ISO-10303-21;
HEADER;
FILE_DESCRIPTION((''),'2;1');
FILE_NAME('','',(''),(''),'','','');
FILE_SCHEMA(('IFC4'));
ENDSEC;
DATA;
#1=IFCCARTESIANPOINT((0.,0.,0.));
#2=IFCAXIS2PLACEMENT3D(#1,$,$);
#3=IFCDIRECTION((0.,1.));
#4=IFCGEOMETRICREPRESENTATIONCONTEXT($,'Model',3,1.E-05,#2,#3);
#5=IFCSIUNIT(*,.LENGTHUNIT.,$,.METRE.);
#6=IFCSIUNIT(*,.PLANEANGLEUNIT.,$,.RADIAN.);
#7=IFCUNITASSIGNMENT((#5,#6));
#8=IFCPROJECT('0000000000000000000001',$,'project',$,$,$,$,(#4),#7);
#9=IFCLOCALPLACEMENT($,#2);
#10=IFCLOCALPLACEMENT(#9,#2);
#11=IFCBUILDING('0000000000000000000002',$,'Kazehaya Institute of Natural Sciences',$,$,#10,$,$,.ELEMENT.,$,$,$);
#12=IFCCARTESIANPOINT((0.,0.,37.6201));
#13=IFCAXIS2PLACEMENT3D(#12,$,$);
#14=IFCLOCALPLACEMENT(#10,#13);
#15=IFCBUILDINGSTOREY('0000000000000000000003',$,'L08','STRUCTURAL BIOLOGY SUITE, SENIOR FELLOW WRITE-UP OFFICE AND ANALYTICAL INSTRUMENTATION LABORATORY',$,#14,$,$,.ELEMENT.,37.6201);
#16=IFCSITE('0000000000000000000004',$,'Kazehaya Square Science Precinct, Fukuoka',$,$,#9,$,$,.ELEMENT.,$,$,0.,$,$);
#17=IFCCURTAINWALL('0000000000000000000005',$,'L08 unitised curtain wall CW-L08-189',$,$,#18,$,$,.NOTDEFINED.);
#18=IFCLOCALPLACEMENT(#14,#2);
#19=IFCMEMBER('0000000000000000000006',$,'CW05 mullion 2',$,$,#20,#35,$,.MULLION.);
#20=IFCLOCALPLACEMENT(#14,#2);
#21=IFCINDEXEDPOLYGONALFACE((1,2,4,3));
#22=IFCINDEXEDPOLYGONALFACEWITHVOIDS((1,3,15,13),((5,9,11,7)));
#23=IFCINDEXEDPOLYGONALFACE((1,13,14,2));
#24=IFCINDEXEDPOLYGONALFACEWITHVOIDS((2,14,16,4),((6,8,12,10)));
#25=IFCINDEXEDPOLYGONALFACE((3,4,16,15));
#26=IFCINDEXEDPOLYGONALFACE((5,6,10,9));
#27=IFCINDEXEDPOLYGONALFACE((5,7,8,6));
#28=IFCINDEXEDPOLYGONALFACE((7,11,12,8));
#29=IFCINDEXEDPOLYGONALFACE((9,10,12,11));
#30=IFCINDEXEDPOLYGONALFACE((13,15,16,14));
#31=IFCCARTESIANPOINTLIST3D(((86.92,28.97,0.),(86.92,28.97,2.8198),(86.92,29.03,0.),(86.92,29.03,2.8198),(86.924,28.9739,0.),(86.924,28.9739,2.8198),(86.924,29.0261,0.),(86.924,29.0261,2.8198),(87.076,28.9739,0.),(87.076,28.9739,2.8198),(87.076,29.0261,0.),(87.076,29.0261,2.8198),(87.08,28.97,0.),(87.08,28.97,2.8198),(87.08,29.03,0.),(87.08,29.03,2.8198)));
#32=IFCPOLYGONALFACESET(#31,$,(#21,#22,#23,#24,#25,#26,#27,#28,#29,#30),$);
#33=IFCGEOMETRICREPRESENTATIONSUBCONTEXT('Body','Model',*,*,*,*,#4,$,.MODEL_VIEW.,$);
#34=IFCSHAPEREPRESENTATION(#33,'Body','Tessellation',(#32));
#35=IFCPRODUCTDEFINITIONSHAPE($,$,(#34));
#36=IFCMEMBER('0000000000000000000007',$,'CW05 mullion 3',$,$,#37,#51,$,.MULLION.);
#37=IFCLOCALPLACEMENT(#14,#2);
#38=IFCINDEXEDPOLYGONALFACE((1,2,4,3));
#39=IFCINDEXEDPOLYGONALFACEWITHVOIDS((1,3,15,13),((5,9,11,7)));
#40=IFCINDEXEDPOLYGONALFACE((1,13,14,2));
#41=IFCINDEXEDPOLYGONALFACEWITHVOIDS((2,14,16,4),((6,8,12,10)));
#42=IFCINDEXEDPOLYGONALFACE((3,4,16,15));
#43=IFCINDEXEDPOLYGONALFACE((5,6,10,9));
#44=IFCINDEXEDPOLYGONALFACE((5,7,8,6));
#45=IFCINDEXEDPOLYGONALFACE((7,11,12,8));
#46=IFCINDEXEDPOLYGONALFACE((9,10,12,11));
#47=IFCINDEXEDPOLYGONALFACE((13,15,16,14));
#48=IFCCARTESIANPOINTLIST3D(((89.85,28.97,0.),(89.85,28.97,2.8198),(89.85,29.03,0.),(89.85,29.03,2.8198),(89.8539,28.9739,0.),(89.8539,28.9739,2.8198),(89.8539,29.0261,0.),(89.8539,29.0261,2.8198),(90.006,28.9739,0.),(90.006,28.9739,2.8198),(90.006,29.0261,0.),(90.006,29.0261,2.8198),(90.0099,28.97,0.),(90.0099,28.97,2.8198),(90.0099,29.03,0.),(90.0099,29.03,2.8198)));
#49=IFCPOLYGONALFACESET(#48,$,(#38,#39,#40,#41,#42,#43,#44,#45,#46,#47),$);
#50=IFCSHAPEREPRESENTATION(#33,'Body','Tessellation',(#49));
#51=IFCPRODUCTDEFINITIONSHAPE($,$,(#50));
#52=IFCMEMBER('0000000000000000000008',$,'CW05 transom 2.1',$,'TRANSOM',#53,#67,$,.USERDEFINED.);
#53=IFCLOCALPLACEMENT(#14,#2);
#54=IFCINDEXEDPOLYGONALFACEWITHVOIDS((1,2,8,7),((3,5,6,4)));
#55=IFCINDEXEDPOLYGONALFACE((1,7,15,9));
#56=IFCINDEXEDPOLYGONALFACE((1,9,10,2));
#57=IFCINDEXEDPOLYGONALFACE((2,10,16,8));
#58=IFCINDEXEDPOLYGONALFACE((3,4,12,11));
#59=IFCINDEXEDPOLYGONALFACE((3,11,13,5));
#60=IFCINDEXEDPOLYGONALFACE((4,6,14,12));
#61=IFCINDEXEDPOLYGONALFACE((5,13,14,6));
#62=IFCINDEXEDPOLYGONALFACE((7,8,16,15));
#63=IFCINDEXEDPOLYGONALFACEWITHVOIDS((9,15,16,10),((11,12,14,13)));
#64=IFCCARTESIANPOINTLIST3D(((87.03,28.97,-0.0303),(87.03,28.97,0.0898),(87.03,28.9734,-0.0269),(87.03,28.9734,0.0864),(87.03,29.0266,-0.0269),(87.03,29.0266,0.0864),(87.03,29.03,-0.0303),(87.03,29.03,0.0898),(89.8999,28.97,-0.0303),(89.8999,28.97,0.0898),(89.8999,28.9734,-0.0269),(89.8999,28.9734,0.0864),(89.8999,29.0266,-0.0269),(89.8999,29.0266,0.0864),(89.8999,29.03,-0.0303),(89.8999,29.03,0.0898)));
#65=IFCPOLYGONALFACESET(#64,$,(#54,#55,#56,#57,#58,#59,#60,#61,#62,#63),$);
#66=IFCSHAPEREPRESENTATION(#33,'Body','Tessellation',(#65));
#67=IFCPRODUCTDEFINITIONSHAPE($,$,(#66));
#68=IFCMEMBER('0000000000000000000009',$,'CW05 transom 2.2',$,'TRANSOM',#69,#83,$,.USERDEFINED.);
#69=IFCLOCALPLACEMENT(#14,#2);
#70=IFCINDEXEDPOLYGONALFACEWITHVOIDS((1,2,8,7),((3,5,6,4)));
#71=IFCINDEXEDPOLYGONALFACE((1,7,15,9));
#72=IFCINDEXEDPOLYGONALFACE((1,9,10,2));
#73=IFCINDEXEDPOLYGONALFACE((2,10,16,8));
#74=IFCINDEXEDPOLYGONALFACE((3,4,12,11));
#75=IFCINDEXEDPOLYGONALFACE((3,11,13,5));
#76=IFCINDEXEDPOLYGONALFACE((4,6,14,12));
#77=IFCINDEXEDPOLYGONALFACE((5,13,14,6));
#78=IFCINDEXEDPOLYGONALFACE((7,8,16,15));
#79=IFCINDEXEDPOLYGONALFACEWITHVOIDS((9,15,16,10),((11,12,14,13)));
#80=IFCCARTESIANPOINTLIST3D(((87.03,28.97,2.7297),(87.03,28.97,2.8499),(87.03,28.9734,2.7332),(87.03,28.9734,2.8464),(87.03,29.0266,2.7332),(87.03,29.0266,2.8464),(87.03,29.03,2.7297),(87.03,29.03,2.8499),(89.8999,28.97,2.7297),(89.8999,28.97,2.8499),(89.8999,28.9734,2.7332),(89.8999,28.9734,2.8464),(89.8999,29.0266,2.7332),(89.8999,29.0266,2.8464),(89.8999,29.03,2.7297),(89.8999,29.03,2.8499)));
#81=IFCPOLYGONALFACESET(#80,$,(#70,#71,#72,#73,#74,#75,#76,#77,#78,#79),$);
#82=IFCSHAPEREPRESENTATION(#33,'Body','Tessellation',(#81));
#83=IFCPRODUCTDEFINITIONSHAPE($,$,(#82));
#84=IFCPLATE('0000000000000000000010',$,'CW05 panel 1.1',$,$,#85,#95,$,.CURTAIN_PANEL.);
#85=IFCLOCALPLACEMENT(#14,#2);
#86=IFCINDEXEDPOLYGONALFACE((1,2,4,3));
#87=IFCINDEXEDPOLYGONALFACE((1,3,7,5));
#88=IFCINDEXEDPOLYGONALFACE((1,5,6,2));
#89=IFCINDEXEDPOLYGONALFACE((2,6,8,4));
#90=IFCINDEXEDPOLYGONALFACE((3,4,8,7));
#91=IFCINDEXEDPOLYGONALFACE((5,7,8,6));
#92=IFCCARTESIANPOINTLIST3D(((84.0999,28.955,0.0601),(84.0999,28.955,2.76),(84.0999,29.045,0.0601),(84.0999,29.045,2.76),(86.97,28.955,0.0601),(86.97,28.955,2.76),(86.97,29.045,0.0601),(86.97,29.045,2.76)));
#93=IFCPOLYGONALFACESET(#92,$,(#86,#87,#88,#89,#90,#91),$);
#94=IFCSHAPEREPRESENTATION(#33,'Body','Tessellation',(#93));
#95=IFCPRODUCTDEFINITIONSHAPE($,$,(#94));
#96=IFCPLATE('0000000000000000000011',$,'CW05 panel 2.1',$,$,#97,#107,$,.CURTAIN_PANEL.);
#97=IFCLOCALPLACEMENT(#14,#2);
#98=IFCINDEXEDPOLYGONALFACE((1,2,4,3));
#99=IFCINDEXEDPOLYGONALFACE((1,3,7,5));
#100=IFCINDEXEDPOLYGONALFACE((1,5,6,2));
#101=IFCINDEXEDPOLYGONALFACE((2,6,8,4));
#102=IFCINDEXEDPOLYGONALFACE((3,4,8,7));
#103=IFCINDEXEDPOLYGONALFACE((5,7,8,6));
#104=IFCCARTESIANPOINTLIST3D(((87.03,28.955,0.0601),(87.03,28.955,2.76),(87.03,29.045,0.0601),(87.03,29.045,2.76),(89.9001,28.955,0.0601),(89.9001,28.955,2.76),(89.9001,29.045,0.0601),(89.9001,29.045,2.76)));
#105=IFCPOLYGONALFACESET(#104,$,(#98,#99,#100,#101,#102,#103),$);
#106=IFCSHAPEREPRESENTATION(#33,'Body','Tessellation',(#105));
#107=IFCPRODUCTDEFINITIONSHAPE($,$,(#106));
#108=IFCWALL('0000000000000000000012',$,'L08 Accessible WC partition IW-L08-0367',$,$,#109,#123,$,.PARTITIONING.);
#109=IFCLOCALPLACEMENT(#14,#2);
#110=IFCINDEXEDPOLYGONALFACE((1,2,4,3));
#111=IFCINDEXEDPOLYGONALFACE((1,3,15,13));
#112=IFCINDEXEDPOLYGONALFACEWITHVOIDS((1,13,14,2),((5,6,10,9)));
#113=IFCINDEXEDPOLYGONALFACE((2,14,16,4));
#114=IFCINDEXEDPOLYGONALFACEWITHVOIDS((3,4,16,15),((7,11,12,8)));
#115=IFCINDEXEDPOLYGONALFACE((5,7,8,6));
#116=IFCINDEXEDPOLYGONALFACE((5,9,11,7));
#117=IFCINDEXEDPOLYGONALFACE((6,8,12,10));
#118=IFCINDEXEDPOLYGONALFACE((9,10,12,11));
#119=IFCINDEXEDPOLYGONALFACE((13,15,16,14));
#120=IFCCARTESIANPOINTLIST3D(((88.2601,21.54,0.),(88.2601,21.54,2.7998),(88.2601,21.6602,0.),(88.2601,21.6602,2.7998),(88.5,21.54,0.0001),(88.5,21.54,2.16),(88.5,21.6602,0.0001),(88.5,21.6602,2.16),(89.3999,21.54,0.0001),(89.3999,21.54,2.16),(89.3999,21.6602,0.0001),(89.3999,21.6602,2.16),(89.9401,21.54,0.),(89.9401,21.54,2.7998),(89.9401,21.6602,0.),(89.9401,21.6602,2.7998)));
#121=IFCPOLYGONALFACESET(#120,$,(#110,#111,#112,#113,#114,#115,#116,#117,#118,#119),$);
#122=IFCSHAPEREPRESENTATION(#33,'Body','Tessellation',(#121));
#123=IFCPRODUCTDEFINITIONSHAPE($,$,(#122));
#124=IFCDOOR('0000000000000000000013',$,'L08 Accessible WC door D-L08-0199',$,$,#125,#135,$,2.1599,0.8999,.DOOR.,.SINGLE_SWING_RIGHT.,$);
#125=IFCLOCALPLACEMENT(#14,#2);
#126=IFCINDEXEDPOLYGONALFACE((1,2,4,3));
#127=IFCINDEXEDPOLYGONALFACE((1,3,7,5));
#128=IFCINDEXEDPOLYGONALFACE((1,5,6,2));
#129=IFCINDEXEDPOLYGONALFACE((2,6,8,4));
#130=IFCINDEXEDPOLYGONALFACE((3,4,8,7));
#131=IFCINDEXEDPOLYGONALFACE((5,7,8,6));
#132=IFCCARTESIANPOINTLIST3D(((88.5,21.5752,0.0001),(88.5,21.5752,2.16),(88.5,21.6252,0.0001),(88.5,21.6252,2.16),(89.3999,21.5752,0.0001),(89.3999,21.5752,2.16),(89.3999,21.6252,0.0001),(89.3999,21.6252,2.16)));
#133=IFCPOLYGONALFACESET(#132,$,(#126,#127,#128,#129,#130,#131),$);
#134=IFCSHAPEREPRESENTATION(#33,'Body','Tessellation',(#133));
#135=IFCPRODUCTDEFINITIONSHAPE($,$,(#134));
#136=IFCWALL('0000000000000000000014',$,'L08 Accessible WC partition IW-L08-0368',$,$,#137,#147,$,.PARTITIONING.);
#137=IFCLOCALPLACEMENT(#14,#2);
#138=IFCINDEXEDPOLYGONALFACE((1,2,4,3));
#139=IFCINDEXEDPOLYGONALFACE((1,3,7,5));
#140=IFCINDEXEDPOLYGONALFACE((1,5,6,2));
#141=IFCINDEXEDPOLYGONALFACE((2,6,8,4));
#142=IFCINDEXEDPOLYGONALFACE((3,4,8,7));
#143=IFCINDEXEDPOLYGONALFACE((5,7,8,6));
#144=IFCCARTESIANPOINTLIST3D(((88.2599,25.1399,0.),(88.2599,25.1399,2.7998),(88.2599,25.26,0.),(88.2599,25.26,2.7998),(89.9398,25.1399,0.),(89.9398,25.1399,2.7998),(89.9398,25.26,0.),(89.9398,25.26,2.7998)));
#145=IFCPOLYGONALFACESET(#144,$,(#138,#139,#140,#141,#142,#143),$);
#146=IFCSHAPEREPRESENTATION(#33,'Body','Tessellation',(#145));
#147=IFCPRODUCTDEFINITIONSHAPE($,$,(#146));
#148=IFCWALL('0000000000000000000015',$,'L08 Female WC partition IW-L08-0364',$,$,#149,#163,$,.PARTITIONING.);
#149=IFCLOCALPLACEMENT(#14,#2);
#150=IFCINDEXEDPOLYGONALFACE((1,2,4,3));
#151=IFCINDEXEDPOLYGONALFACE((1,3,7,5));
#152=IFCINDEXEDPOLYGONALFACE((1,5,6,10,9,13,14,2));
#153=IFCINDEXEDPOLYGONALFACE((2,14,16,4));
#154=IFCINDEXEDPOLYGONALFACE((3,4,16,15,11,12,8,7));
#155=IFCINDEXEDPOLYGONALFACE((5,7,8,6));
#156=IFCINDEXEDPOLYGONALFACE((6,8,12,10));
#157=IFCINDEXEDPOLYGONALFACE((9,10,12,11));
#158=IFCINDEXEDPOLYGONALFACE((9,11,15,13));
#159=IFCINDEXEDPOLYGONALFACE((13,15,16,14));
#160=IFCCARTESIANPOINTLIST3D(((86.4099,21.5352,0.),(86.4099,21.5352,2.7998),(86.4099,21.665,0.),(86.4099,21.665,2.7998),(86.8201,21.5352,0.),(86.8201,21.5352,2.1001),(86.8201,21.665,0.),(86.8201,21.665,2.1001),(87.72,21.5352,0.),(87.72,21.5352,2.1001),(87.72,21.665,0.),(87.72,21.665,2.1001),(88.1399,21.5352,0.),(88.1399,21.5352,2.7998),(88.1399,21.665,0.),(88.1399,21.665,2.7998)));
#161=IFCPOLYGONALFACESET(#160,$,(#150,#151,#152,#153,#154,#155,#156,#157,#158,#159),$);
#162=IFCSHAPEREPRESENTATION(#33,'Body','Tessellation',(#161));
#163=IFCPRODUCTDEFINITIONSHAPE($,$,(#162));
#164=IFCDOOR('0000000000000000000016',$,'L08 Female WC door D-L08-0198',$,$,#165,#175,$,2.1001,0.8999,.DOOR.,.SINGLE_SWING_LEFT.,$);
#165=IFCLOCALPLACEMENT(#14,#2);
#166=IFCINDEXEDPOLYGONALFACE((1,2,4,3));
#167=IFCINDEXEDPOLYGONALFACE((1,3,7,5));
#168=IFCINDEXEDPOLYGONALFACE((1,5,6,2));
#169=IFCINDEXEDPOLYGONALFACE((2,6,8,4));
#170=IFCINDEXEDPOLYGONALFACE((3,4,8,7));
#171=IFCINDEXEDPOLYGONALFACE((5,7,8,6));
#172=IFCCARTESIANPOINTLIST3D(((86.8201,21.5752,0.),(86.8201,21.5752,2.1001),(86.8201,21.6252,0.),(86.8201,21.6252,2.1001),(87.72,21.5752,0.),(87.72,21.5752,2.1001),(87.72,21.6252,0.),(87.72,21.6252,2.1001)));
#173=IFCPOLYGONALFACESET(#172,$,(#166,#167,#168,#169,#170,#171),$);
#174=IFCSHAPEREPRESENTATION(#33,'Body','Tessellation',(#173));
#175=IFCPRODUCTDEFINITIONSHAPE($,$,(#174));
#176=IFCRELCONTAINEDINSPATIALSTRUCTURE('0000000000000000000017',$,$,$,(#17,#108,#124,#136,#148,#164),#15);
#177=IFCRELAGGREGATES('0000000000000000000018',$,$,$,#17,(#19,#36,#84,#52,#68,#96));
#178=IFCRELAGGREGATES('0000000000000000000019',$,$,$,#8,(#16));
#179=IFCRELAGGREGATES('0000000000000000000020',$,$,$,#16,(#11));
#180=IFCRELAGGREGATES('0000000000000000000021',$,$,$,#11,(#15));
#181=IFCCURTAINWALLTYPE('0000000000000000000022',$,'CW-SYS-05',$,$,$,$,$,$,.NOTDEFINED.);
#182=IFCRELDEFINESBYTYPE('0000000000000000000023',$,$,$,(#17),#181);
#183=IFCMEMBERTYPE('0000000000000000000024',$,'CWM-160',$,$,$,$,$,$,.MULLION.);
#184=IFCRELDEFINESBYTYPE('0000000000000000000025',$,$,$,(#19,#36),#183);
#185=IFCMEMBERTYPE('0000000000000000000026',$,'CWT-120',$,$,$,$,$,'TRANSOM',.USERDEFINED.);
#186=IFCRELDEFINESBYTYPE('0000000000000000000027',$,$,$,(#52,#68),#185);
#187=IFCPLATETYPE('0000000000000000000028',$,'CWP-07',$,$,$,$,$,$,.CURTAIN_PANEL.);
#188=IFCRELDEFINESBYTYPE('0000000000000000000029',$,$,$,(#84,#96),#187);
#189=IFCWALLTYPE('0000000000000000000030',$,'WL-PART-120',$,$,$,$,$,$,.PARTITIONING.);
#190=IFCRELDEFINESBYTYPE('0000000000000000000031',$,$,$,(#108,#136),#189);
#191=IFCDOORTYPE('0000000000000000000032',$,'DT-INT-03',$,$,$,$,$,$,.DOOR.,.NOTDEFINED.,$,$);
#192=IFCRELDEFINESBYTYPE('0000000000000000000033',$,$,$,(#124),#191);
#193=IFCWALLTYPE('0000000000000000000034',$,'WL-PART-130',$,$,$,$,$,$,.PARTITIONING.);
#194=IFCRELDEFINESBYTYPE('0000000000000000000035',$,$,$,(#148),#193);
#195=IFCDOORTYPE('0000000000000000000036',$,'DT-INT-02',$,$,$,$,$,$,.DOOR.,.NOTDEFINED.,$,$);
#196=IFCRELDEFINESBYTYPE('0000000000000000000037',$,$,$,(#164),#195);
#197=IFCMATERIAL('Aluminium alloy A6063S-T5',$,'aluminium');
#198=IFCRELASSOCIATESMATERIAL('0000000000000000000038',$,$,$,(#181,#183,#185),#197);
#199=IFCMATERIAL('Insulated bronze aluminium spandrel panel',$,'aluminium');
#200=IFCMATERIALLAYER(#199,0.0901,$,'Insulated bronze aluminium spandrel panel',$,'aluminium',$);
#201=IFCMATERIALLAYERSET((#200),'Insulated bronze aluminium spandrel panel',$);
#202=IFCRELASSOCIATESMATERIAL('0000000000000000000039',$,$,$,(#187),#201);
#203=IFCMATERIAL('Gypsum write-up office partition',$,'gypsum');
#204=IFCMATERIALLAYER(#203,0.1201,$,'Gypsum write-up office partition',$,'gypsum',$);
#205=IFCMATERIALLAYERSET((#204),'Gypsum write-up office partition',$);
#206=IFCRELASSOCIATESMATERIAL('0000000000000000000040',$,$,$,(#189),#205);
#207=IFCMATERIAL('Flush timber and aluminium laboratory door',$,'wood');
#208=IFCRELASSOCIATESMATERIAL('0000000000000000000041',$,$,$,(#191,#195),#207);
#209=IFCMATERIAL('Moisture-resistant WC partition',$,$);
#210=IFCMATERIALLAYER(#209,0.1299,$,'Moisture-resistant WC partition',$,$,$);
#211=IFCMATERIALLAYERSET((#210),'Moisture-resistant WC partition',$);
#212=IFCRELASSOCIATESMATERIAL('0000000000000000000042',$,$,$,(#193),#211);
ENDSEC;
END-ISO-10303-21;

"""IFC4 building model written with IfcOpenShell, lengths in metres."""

from ifc_helpers import new_model, si_unit, direction, frame, frame_2d, origin, origin_2d, place, context, subcontext, project, spatial, rectangle, hollow_rectangle, extrude, material, layer, layer_set, material_profile, profile_set, type_object, element, fill, aggregate, save


model = new_model("IFC4")

# Units and contexts
model_context = context("Model", 3, precision=1e-05, world=origin(), true_north=direction((0.0, 1.0)))
body_context = subcontext(model_context, "Body", "Model", "MODEL_VIEW")
ifc_project = project(units=[si_unit("LENGTHUNIT", "METRE"), si_unit("PLANEANGLEUNIT", "RADIAN")], contexts=[model_context])

# Site, building, storey
site_placement = place(None, origin())
site = spatial("IfcSite", under=ifc_project, at=site_placement, Name="Kazehaya Square Science Precinct, Fukuoka", CompositionType="ELEMENT", RefElevation=0.0)
building_placement = place(site_placement, origin())
building = spatial("IfcBuilding", under=site, at=building_placement, Name="Kazehaya Institute of Natural Sciences", CompositionType="ELEMENT")
storey_placement = place(building_placement, frame((0.0, 0.0, 37.6201)))
storey = spatial("IfcBuildingStorey", under=building, at=storey_placement, Name="L08", Description="STRUCTURAL BIOLOGY SUITE, SENIOR FELLOW WRITE-UP OFFICE AND ANALYTICAL INSTRUMENTATION LABORATORY", CompositionType="ELEMENT", Elevation=37.6201)

# Curtain wall, members, plates
ifc_material_1 = material(Name="Aluminium alloy A6063S-T5", Category="aluminium")
curtain_wall_type = type_object("IfcCurtainWallType", Name="CW-SYS-05", PredefinedType="NOTDEFINED", material=ifc_material_1)
curtain_wall_placement = place(storey_placement, origin())
curtain_wall = element("IfcCurtainWall", 1, at=curtain_wall_placement, inside=storey, type_object=curtain_wall_type, Name="L08 unitised curtain wall CW-L08-189", PredefinedType="NOTDEFINED")
ifc_material_profile_1 = material_profile(ifc_material_1, hollow_rectangle(XDim=0.0601, YDim=0.1599, WallThickness=0.0039, at=origin_2d()), Name="ALU-60x160x4")
ifc_profile_set_1 = profile_set([ifc_material_profile_1], Name="Aluminium alloy A6063S-T5")
member_type_1 = type_object("IfcMemberType", Name="CWM-160", PredefinedType="MULLION", material=ifc_profile_set_1)
member_1_placement = place(storey_placement, frame((87.0, 29.0, 0.0), z_axis=(0.0, 0.0, 1.0), x_axis=(0.0, 1.0, 0.0)))
member_1 = element("IfcMember", 2, at=member_1_placement, type_object=member_type_1, Name="CW05 mullion 2", PredefinedType="MULLION", context=body_context, shape_type="SweptSolid", body=[
    extrude(hollow_rectangle(XDim=0.0601, YDim=0.1599, WallThickness=0.0039, at=origin_2d()), origin(), (0.0, 0.0, 1.0), 2.8198),
])
member_2_placement = place(storey_placement, frame((89.9299, 29.0, 0.0), z_axis=(0.0, 0.0, 1.0), x_axis=(0.0, 1.0, 0.0)))
member_2 = element("IfcMember", 3, at=member_2_placement, type_object=member_type_1, Name="CW05 mullion 3", PredefinedType="MULLION", context=body_context, shape_type="SweptSolid", body=[
    extrude(hollow_rectangle(XDim=0.0601, YDim=0.1599, WallThickness=0.0039, at=origin_2d()), origin(), (0.0, 0.0, 1.0), 2.8198),
])
ifc_material_profile_2 = material_profile(ifc_material_1, hollow_rectangle(XDim=0.0601, YDim=0.1201, WallThickness=0.0034, at=origin_2d()), Name="ALU-60x120x3.5")
ifc_profile_set_2 = profile_set([ifc_material_profile_2], Name="Aluminium alloy A6063S-T5")
member_type_2 = type_object("IfcMemberType", Name="CWT-120", ElementType="TRANSOM", PredefinedType="USERDEFINED", material=ifc_profile_set_2)
member_3_placement = place(storey_placement, frame((87.03, 29.0, 0.0298), z_axis=(1.0, 0.0, 0.0), x_axis=(0.0, 1.0, 0.0)))
member_3 = element("IfcMember", 4, at=member_3_placement, type_object=member_type_2, Name="CW05 transom 2.1", ObjectType="TRANSOM", PredefinedType="USERDEFINED", context=body_context, shape_type="SweptSolid", body=[
    extrude(hollow_rectangle(XDim=0.0601, YDim=0.1201, WallThickness=0.0034, at=origin_2d()), origin(), (0.0, 0.0, 1.0), 2.8699),
])
member_4_placement = place(storey_placement, frame((87.03, 29.0, 2.7898), z_axis=(1.0, 0.0, 0.0), x_axis=(0.0, 1.0, 0.0)))
member_4 = element("IfcMember", 5, at=member_4_placement, type_object=member_type_2, Name="CW05 transom 2.2", ObjectType="TRANSOM", PredefinedType="USERDEFINED", context=body_context, shape_type="SweptSolid", body=[
    extrude(hollow_rectangle(XDim=0.0601, YDim=0.1201, WallThickness=0.0034, at=origin_2d()), origin(), (0.0, 0.0, 1.0), 2.8699),
])
ifc_material_2 = material(Name="Insulated bronze aluminium spandrel panel", Category="aluminium")
ifc_layer_1 = layer(ifc_material_2, 0.0901, Name="Insulated bronze aluminium spandrel panel", Category="aluminium")
ifc_layer_set_1 = layer_set([ifc_layer_1], Name="Insulated bronze aluminium spandrel panel")
plate_type = type_object("IfcPlateType", Name="CWP-07", PredefinedType="CURTAIN_PANEL", material=ifc_layer_set_1)
plate_1_placement = place(storey_placement, frame((85.5349, 29.0, 0.0601), z_axis=(0.0, 0.0, 1.0), x_axis=(1.0, 0.0, 0.0)))
plate_1 = element("IfcPlate", 6, at=plate_1_placement, type_object=plate_type, Name="CW05 panel 1.1", PredefinedType="CURTAIN_PANEL", context=body_context, shape_type="SweptSolid", body=[
    extrude(rectangle(XDim=2.8701, YDim=0.0901, at=origin_2d()), origin(), (0.0, 0.0, 1.0), 2.7),
])
plate_2_placement = place(storey_placement, frame((88.4651, 29.0, 0.0601), z_axis=(0.0, 0.0, 1.0), x_axis=(1.0, 0.0, 0.0)))
plate_2 = element("IfcPlate", 7, at=plate_2_placement, type_object=plate_type, Name="CW05 panel 2.1", PredefinedType="CURTAIN_PANEL", context=body_context, shape_type="SweptSolid", body=[
    extrude(rectangle(XDim=2.8701, YDim=0.0901, at=origin_2d()), origin(), (0.0, 0.0, 1.0), 2.7),
])
aggregate(curtain_wall, [member_1, member_2, plate_1, member_3, member_4, plate_2])

# Wall, opening, door
ifc_material_3 = material(Name="Gypsum write-up office partition", Category="gypsum")
ifc_layer_2 = layer(ifc_material_3, 0.1201, Name="Gypsum write-up office partition", Category="gypsum")
ifc_layer_set_2 = layer_set([ifc_layer_2], Name="Gypsum write-up office partition")
wall_type_1 = type_object("IfcWallType", Name="WL-PART-120", PredefinedType="PARTITIONING", material=ifc_layer_set_2)
wall_1_placement = place(storey_placement, frame((89.9399, 21.6001, 0.0), z_axis=(0.0, 0.0, 1.0), x_axis=(-1.0, 0.0, 0.0)))
wall_1 = element("IfcWall", 8, at=wall_1_placement, inside=storey, type_object=wall_type_1, Name="L08 Accessible WC partition IW-L08-0367", PredefinedType="PARTITIONING", context=body_context, shape_type="SweptSolid", body=[
    extrude(rectangle(XDim=1.6799, YDim=0.1201, at=frame_2d((0.8398, 0.0))), origin(), (0.0, 0.0, 1.0), 2.7998),
])
opening_1_placement = place(wall_1_placement, frame((0.54, 0.0, 0.0)))
opening_1 = element("IfcOpeningElement", 9, at=opening_1_placement, cuts=wall_1, PredefinedType="OPENING", context=body_context, shape_type="SweptSolid", body=[
    extrude(rectangle(XDim=0.8999, YDim=2.1599, at=frame_2d((0.45, 1.0801))), frame((0.0, 0.0701, 0.0), z_axis=(0.0, -1.0, 0.0), x_axis=(1.0, 0.0, 0.0)), (0.0, 0.0, 1.0), 0.1401),
])
ifc_material_4 = material(Name="Flush timber and aluminium laboratory door", Category="wood")
door_type_1 = type_object("IfcDoorType", Name="DT-INT-03", OperationType="NOTDEFINED", PredefinedType="DOOR", material=ifc_material_4)
door_1_placement = place(opening_1_placement, origin())
door_1 = element("IfcDoor", 10, at=door_1_placement, inside=storey, type_object=door_type_1, Name="L08 Accessible WC door D-L08-0199", OperationType="SINGLE_SWING_RIGHT", OverallHeight=2.1599, OverallWidth=0.8999, PredefinedType="DOOR", context=body_context, shape_type="SweptSolid", body=[
    extrude(rectangle(XDim=0.8999, YDim=2.1599, at=frame_2d((0.45, 1.0801))), frame((0.0, 0.0249, 0.0), z_axis=(0.0, -1.0, 0.0), x_axis=(1.0, 0.0, 0.0)), (0.0, 0.0, 1.0), 0.05),
])
fill(opening_1, door_1)

# Wall
wall_2_placement = place(storey_placement, frame((88.26, 25.2, 0.0), z_axis=(0.0, 0.0, 1.0), x_axis=(1.0, 0.0, 0.0)))
element("IfcWall", 11, at=wall_2_placement, inside=storey, type_object=wall_type_1, Name="L08 Accessible WC partition IW-L08-0368", PredefinedType="PARTITIONING", context=body_context, shape_type="SweptSolid", body=[
    extrude(rectangle(XDim=1.6799, YDim=0.1201, at=frame_2d((0.8398, 0.0))), origin(), (0.0, 0.0, 1.0), 2.7998),
])

# Wall, opening, door
ifc_material_5 = material(Name="Moisture-resistant WC partition")
ifc_layer_3 = layer(ifc_material_5, 0.1299, Name="Moisture-resistant WC partition")
ifc_layer_set_3 = layer_set([ifc_layer_3], Name="Moisture-resistant WC partition")
wall_type_2 = type_object("IfcWallType", Name="WL-PART-130", PredefinedType="PARTITIONING", material=ifc_layer_set_3)
wall_3_placement = place(storey_placement, frame((88.1399, 21.6001, 0.0), z_axis=(0.0, 0.0, 1.0), x_axis=(-1.0, 0.0, 0.0)))
wall_3 = element("IfcWall", 12, at=wall_3_placement, inside=storey, type_object=wall_type_2, Name="L08 Female WC partition IW-L08-0364", PredefinedType="PARTITIONING", context=body_context, shape_type="SweptSolid", body=[
    extrude(rectangle(XDim=1.73, YDim=0.1299, at=frame_2d((0.865, 0.0))), origin(), (0.0, 0.0, 1.0), 2.7998),
])
opening_2_placement = place(wall_3_placement, frame((0.4199, 0.0, 0.0)))
opening_2 = element("IfcOpeningElement", 13, at=opening_2_placement, cuts=wall_3, PredefinedType="OPENING", context=body_context, shape_type="SweptSolid", body=[
    extrude(rectangle(XDim=0.8999, YDim=2.1001, at=frame_2d((0.45, 1.05))), frame((0.0, 0.075, 0.0), z_axis=(0.0, -1.0, 0.0), x_axis=(1.0, 0.0, 0.0)), (0.0, 0.0, 1.0), 0.1499),
])
door_type_2 = type_object("IfcDoorType", Name="DT-INT-02", OperationType="NOTDEFINED", PredefinedType="DOOR", material=ifc_material_4)
door_2_placement = place(opening_2_placement, origin())
door_2 = element("IfcDoor", 14, at=door_2_placement, inside=storey, type_object=door_type_2, Name="L08 Female WC door D-L08-0198", OperationType="SINGLE_SWING_LEFT", OverallHeight=2.1001, OverallWidth=0.8999, PredefinedType="DOOR", context=body_context, shape_type="SweptSolid", body=[
    extrude(rectangle(XDim=0.8999, YDim=2.1001, at=frame_2d((0.45, 1.05))), frame((0.0, 0.0249, 0.0), z_axis=(0.0, -1.0, 0.0), x_axis=(1.0, 0.0, 0.0)), (0.0, 0.0, 1.0), 0.05),
])
fill(opening_2, door_2)

save(model, "model.ifc")
